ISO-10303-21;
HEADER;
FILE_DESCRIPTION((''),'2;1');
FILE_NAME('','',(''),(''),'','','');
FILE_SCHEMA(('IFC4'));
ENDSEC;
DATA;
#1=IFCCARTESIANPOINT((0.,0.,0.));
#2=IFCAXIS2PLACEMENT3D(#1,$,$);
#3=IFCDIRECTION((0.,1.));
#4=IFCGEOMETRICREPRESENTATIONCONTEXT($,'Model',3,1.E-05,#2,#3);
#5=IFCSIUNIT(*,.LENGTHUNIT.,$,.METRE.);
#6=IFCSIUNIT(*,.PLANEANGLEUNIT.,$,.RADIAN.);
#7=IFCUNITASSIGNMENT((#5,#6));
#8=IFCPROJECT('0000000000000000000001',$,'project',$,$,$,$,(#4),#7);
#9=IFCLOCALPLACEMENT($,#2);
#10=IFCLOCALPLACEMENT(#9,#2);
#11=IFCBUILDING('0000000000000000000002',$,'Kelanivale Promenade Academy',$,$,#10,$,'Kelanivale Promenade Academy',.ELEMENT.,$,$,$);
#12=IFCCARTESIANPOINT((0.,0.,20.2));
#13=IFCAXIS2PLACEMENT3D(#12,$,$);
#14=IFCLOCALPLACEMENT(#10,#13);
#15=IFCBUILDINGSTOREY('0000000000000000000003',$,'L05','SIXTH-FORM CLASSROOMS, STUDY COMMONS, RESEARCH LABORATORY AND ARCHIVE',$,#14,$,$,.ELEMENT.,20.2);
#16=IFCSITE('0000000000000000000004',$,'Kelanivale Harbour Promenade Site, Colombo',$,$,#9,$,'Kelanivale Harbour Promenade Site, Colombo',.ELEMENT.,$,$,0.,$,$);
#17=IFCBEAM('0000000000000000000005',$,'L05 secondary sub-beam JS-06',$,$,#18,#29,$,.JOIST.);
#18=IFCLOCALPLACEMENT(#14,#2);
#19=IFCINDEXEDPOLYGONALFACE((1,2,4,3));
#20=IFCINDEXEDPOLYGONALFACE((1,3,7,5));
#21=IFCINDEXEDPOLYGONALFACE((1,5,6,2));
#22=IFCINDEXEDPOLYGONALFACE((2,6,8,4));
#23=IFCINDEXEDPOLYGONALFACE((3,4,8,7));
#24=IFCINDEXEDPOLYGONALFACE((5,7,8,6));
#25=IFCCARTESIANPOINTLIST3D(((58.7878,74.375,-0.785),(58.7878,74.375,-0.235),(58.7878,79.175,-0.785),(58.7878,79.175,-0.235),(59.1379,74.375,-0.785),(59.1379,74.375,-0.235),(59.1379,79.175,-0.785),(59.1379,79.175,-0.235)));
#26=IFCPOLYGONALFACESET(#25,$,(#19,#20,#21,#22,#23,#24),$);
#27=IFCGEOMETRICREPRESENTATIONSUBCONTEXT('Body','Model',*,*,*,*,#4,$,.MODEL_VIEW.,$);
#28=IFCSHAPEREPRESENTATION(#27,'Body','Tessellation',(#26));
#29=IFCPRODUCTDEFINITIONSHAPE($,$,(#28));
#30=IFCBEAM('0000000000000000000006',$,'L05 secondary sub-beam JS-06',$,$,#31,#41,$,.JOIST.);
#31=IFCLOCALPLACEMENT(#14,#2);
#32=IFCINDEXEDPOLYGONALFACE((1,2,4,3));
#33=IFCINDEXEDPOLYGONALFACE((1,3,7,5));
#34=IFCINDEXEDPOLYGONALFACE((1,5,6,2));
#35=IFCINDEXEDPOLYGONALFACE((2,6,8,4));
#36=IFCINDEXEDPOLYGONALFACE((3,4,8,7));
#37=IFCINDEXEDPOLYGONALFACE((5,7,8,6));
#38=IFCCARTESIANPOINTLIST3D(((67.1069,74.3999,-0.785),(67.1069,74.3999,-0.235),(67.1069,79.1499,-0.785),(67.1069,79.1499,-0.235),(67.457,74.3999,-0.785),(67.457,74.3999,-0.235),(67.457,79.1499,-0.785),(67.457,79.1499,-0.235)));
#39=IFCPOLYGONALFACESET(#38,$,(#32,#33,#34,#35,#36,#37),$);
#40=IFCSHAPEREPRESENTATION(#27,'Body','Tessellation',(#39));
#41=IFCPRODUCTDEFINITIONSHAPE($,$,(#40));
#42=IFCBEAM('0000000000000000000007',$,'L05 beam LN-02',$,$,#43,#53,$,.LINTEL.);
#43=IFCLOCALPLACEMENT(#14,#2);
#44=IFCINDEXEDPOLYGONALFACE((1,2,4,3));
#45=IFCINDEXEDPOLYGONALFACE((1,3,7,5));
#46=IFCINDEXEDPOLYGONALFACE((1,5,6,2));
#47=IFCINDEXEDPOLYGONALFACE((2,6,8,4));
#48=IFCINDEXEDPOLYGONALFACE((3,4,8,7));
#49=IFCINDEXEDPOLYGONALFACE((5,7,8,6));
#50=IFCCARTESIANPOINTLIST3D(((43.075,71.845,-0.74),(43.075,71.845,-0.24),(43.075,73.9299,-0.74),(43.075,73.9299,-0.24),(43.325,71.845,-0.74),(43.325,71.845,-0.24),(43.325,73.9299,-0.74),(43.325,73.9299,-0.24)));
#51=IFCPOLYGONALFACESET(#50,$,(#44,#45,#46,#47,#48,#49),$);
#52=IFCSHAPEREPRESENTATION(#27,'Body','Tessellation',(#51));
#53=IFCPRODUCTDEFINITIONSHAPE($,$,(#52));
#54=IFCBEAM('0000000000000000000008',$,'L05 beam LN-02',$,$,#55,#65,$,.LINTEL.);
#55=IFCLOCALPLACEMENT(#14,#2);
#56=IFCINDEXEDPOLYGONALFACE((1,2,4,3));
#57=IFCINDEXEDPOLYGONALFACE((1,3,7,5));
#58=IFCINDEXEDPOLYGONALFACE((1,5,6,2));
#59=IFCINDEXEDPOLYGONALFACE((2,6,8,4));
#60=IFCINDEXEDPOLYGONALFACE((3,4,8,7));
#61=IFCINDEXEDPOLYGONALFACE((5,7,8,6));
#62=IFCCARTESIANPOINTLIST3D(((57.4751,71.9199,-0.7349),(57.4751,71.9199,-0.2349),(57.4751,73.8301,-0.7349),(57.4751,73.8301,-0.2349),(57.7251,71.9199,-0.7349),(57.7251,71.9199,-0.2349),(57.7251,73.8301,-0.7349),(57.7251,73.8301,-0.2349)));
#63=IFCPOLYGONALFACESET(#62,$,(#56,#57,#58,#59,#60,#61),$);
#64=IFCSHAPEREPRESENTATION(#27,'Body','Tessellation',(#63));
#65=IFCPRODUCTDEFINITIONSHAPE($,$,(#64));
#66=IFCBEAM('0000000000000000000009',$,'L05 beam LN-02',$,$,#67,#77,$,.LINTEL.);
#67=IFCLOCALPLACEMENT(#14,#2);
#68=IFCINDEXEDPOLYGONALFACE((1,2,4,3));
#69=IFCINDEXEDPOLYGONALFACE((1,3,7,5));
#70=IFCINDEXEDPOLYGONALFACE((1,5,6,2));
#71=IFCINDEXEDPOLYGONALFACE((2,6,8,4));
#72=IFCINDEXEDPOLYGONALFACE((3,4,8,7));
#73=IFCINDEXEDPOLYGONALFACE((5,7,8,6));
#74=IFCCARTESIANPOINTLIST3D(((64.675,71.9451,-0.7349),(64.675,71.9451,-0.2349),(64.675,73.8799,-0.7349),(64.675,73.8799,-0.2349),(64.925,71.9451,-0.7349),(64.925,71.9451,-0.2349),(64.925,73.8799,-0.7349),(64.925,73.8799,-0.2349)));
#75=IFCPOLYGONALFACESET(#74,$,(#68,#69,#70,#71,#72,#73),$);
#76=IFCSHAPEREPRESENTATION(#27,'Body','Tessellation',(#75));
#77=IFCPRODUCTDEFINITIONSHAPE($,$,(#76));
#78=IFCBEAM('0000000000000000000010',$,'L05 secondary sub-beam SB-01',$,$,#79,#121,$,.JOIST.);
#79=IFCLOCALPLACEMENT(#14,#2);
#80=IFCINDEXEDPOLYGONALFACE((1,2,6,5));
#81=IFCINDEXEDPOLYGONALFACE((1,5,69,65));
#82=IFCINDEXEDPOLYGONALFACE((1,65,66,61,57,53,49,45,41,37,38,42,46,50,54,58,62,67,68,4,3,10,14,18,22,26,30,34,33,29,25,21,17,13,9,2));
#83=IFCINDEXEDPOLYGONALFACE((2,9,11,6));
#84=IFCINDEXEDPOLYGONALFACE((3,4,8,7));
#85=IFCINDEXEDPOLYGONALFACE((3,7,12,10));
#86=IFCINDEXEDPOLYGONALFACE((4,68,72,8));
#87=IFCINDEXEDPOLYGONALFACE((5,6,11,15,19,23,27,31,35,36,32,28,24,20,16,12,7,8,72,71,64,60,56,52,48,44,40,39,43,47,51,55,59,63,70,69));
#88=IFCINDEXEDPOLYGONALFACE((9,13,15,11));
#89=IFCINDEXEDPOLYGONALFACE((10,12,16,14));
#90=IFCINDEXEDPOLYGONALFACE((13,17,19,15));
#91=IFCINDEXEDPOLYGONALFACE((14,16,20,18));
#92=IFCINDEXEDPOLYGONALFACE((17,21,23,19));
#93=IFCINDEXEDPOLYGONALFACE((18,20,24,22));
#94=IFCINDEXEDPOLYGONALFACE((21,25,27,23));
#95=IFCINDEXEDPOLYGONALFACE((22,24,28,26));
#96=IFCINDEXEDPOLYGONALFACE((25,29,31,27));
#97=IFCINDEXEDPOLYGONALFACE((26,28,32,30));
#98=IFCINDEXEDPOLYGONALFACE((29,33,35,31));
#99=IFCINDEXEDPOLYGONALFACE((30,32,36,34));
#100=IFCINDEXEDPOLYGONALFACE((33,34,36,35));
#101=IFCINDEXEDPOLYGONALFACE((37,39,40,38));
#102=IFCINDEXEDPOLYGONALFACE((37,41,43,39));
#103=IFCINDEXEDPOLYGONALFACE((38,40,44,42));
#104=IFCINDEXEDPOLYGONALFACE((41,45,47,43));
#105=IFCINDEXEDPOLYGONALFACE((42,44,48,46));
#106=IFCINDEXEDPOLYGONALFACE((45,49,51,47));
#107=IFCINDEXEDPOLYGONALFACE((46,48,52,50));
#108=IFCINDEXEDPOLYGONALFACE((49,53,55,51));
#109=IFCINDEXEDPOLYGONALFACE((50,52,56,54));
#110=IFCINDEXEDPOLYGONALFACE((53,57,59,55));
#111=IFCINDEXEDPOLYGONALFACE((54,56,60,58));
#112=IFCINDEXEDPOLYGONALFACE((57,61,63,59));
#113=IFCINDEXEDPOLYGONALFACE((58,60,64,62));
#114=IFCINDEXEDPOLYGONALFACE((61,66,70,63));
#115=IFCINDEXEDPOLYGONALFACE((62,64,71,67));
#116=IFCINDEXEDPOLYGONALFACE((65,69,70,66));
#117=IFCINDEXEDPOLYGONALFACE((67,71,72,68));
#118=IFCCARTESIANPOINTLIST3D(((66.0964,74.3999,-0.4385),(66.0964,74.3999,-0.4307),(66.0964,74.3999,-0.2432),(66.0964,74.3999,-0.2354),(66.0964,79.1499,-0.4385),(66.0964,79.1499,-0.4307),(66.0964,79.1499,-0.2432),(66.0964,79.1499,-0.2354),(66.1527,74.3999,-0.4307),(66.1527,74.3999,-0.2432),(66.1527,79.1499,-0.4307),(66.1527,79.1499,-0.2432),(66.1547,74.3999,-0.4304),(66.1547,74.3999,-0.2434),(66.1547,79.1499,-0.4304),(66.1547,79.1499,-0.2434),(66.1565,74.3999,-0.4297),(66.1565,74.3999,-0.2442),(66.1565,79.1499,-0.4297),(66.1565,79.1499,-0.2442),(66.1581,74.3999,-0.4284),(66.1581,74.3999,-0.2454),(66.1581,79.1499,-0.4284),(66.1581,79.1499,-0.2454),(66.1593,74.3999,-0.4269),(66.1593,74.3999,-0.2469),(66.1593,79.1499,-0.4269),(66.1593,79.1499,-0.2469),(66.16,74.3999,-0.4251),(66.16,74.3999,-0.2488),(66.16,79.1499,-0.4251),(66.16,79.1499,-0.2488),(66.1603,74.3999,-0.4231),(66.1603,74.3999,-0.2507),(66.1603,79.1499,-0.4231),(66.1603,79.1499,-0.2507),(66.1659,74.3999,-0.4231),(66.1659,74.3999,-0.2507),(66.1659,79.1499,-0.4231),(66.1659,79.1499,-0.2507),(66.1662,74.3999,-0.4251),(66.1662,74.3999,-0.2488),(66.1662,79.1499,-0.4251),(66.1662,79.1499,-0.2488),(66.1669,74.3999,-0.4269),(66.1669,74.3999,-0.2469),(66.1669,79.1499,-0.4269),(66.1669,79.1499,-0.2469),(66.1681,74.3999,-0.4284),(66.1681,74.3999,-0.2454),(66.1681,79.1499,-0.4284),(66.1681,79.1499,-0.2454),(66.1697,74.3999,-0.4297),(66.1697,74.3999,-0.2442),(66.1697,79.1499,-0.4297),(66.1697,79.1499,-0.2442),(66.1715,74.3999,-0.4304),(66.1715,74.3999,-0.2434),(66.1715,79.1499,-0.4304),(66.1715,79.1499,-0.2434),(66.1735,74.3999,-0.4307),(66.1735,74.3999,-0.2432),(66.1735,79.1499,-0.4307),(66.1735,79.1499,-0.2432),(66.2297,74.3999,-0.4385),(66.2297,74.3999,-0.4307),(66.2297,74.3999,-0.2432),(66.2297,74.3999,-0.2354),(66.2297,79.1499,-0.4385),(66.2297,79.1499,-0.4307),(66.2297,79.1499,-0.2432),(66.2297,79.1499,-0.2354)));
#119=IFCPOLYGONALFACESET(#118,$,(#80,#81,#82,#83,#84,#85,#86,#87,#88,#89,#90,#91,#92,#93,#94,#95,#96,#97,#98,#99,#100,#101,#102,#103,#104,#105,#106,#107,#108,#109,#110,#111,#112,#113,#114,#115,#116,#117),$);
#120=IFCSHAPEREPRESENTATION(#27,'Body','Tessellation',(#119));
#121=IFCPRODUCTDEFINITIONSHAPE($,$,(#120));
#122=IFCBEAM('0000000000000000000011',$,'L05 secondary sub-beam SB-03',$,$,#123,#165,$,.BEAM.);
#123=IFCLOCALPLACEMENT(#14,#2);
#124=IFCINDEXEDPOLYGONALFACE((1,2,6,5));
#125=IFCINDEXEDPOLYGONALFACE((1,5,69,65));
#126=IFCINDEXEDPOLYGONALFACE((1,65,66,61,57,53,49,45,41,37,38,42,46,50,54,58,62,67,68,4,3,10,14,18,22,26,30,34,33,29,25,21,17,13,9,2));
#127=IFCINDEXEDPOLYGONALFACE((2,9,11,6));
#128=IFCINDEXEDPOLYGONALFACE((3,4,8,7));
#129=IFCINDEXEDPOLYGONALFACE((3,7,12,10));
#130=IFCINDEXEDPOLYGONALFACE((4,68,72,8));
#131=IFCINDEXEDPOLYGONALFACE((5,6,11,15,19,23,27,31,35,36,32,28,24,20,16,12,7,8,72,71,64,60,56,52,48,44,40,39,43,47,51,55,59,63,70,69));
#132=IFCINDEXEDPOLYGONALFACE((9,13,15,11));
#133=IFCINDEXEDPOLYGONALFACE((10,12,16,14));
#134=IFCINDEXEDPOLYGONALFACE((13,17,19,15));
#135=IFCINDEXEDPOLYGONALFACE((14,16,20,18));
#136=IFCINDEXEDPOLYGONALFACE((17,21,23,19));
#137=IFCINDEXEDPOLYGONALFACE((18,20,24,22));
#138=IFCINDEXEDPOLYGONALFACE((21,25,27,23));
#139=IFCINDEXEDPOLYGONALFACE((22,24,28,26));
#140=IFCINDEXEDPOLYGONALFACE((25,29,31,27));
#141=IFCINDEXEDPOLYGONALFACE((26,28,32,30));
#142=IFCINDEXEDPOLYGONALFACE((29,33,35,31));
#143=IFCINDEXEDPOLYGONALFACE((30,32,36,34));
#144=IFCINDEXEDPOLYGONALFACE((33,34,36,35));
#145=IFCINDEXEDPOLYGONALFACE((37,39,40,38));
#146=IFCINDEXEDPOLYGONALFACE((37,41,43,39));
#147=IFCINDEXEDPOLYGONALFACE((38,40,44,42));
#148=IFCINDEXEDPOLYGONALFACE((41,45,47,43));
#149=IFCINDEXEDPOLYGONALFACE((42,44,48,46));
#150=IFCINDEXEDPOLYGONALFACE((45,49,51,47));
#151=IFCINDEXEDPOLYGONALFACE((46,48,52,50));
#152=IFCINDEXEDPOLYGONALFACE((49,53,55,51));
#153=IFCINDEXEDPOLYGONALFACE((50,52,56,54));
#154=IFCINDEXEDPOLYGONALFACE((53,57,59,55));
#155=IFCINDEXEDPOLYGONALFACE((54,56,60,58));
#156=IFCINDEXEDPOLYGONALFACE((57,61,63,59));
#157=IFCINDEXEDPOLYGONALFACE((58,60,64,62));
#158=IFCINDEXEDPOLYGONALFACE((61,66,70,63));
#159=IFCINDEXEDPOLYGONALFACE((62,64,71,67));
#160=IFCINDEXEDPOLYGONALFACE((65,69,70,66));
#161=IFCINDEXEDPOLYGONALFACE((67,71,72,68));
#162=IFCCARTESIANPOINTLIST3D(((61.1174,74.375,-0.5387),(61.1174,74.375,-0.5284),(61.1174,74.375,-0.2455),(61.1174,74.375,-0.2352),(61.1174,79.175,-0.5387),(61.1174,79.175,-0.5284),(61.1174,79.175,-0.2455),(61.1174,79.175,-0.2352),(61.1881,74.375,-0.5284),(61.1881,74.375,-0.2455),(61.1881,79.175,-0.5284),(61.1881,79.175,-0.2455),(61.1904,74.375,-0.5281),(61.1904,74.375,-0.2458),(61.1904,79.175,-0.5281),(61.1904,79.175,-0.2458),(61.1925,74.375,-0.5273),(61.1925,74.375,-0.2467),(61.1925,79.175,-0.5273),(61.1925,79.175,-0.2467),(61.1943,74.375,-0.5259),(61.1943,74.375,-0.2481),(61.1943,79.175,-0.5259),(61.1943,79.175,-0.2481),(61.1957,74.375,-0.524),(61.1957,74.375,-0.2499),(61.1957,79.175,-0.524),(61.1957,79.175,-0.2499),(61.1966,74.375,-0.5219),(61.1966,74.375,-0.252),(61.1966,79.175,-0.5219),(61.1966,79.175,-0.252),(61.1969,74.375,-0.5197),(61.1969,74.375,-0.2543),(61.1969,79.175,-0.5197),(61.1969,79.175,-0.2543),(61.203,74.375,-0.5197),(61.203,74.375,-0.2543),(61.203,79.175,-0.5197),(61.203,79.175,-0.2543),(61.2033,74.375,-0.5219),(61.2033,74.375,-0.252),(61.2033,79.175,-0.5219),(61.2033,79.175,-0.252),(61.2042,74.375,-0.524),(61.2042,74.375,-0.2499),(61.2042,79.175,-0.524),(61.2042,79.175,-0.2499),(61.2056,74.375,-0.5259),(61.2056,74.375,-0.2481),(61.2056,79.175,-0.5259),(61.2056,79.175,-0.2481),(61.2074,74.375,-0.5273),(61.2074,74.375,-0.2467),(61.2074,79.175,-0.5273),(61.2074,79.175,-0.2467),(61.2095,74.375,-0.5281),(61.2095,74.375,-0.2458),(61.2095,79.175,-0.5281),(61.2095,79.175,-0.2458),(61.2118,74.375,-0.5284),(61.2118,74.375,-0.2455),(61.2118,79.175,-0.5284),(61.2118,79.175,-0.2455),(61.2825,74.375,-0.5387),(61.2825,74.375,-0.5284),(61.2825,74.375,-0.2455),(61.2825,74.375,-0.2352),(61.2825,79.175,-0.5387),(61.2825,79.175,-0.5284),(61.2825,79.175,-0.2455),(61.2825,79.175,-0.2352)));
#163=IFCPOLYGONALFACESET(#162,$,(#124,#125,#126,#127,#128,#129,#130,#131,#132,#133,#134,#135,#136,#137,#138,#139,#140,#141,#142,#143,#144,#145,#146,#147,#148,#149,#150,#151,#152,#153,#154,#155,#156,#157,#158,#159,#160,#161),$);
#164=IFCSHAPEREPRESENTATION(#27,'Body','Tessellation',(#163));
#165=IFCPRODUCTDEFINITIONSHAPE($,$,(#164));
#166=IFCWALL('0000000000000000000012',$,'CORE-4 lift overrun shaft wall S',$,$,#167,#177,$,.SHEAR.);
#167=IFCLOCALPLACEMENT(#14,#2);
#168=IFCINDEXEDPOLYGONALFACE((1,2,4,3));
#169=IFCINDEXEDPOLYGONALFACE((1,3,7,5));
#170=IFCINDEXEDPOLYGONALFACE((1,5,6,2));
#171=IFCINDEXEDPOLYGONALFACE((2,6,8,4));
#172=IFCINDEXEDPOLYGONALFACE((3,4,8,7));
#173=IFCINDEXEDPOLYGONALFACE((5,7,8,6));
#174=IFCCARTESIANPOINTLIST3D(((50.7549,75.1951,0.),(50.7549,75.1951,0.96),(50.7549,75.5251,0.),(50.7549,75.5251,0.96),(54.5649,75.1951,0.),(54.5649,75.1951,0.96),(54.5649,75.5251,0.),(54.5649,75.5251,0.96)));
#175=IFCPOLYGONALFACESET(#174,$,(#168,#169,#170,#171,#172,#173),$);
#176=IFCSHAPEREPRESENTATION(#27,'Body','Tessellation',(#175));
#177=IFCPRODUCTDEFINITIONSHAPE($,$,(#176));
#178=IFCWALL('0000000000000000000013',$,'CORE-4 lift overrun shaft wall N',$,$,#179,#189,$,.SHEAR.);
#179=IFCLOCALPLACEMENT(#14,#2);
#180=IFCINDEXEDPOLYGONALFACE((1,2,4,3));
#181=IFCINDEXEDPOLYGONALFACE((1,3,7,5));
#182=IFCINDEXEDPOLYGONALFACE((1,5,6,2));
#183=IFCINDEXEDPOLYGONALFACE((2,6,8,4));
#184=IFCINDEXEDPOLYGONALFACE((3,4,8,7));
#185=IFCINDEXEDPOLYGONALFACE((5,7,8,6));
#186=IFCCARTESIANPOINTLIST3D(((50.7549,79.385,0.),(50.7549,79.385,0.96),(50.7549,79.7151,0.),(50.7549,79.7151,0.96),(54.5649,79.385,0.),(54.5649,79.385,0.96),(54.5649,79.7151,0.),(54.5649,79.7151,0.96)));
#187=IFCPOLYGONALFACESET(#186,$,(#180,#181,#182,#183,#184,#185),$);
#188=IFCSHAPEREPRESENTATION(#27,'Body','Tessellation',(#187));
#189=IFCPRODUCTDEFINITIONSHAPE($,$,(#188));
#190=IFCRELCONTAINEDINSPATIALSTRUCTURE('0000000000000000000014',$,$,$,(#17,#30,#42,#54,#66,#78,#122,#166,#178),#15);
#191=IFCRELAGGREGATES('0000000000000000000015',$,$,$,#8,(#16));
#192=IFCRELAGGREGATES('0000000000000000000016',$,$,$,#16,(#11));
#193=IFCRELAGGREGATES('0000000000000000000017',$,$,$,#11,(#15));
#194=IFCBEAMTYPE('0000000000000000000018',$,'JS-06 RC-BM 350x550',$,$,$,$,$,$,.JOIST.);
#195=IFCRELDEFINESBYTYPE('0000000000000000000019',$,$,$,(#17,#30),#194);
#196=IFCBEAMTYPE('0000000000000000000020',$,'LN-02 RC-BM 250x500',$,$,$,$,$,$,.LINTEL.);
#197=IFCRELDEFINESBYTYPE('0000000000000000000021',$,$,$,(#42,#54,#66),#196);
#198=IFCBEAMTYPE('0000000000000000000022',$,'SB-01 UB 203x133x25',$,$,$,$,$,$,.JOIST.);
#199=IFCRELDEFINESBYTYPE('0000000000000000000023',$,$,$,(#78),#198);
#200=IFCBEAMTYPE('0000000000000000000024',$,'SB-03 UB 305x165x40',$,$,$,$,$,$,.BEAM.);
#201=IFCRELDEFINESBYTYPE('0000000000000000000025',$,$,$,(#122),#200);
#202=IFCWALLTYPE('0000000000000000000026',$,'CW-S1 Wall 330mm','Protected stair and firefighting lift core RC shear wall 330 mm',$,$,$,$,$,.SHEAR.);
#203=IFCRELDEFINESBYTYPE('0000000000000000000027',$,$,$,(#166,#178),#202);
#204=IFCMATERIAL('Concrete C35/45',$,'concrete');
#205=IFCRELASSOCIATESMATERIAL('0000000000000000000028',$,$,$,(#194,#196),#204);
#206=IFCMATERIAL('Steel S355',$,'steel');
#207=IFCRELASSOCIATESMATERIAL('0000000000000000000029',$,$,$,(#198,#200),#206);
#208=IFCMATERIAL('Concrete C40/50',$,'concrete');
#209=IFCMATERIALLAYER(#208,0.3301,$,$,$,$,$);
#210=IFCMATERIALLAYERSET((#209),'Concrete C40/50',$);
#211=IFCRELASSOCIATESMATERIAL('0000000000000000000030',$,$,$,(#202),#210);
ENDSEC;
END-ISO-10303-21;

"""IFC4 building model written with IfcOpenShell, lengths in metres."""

from ifc_helpers import new_model, si_unit, direction, frame, frame_2d, origin, origin_2d, place, context, subcontext, project, spatial, rectangle, i_section, extrude, material, layer, layer_set, material_profile, profile_set, type_object, element, save


model = new_model("IFC4")

# Units and contexts
model_context = context("Model", 3, precision=1e-05, world=origin(), true_north=direction((0.0, 1.0)))
body_context = subcontext(model_context, "Body", "Model", "MODEL_VIEW")
ifc_project = project(units=[si_unit("LENGTHUNIT", "METRE"), si_unit("PLANEANGLEUNIT", "RADIAN")], contexts=[model_context])

# Site, building, storey
site_placement = place(None, origin())
site = spatial("IfcSite", under=ifc_project, at=site_placement, Name="Kelanivale Harbour Promenade Site, Colombo", LongName="Kelanivale Harbour Promenade Site, Colombo", CompositionType="ELEMENT", RefElevation=0.0)
building_placement = place(site_placement, origin())
building = spatial("IfcBuilding", under=site, at=building_placement, Name="Kelanivale Promenade Academy", LongName="Kelanivale Promenade Academy", CompositionType="ELEMENT")
storey_placement = place(building_placement, frame((0.0, 0.0, 20.2)))
storey = spatial("IfcBuildingStorey", under=building, at=storey_placement, Name="L05", Description="SIXTH-FORM CLASSROOMS, STUDY COMMONS, RESEARCH LABORATORY AND ARCHIVE", CompositionType="ELEMENT", Elevation=20.2)

# Beams
ifc_material_1 = material(Name="Concrete C35/45", Category="concrete")
ifc_material_profile_1 = material_profile(ifc_material_1, rectangle(XDim=0.3501, YDim=0.55, at=origin_2d()), Name="RC-BM 350x550")
ifc_profile_set_1 = profile_set([ifc_material_profile_1], Name="Concrete C35/45")
beam_type_1 = type_object("IfcBeamType", Name="JS-06 RC-BM 350x550", PredefinedType="JOIST", material=ifc_profile_set_1)
beam_1_placement = place(storey_placement, frame((58.9629, 74.375, -0.51), z_axis=(0.0, 1.0, 0.0), x_axis=(-1.0, 0.0, 0.0)))
element("IfcBeam", 1, at=beam_1_placement, inside=storey, type_object=beam_type_1, Name="L05 secondary sub-beam JS-06", PredefinedType="JOIST", context=body_context, shape_type="SweptSolid", body=[
    extrude(rectangle(XDim=0.3501, YDim=0.55, at=origin_2d()), origin(), (0.0, 0.0, 1.0), 4.8),
])
beam_2_placement = place(storey_placement, frame((67.282, 74.3999, -0.51), z_axis=(0.0, 1.0, 0.0), x_axis=(-1.0, 0.0, 0.0)))
element("IfcBeam", 2, at=beam_2_placement, inside=storey, type_object=beam_type_1, Name="L05 secondary sub-beam JS-06", PredefinedType="JOIST", context=body_context, shape_type="SweptSolid", body=[
    extrude(rectangle(XDim=0.3501, YDim=0.55, at=origin_2d()), origin(), (0.0, 0.0, 1.0), 4.75),
])
ifc_material_profile_2 = material_profile(ifc_material_1, rectangle(XDim=0.25, YDim=0.5, at=origin_2d()), Name="RC-BM 250x500")
ifc_profile_set_2 = profile_set([ifc_material_profile_2], Name="Concrete C35/45")
beam_type_2 = type_object("IfcBeamType", Name="LN-02 RC-BM 250x500", PredefinedType="LINTEL", material=ifc_profile_set_2)
beam_3_placement = place(storey_placement, frame((43.2, 71.845, -0.49), z_axis=(0.0, 1.0, 0.0), x_axis=(-1.0, 0.0, 0.0)))
element("IfcBeam", 3, at=beam_3_placement, inside=storey, type_object=beam_type_2, Name="L05 beam LN-02", PredefinedType="LINTEL", context=body_context, shape_type="SweptSolid", body=[
    extrude(rectangle(XDim=0.25, YDim=0.5, at=origin_2d()), origin(), (0.0, 0.0, 1.0), 2.085),
])
beam_4_placement = place(storey_placement, frame((57.6001, 71.9199, -0.4849), z_axis=(0.0, 1.0, 0.0), x_axis=(-1.0, 0.0, 0.0)))
element("IfcBeam", 4, at=beam_4_placement, inside=storey, type_object=beam_type_2, Name="L05 beam LN-02", PredefinedType="LINTEL", context=body_context, shape_type="SweptSolid", body=[
    extrude(rectangle(XDim=0.25, YDim=0.5, at=origin_2d()), origin(), (0.0, 0.0, 1.0), 1.9102),
])
beam_5_placement = place(storey_placement, frame((64.8, 71.9451, -0.4849), z_axis=(0.0, 1.0, 0.0), x_axis=(-1.0, 0.0, 0.0)))
element("IfcBeam", 5, at=beam_5_placement, inside=storey, type_object=beam_type_2, Name="L05 beam LN-02", PredefinedType="LINTEL", context=body_context, shape_type="SweptSolid", body=[
    extrude(rectangle(XDim=0.25, YDim=0.5, at=origin_2d()), origin(), (0.0, 0.0, 1.0), 1.9348),
])
ifc_material_2 = material(Name="Steel S355", Category="steel")
ifc_material_profile_3 = material_profile(ifc_material_2, i_section(OverallWidth=0.1333, OverallDepth=0.2031, WebThickness=0.0056, FlangeThickness=0.0078, FilletRadius=0.0076, at=origin_2d()), Name="UB 203x133x25")
ifc_profile_set_3 = profile_set([ifc_material_profile_3], Name="Steel S355")
beam_type_3 = type_object("IfcBeamType", Name="SB-01 UB 203x133x25", PredefinedType="JOIST", material=ifc_profile_set_3)
beam_6_placement = place(storey_placement, frame((66.1631, 74.3999, -0.3369), z_axis=(0.0, 1.0, 0.0), x_axis=(-1.0, 0.0, 0.0)))
element("IfcBeam", 6, at=beam_6_placement, inside=storey, type_object=beam_type_3, Name="L05 secondary sub-beam SB-01", PredefinedType="JOIST", context=body_context, shape_type="SweptSolid", body=[
    extrude(i_section(OverallWidth=0.1333, OverallDepth=0.2031, WebThickness=0.0056, FlangeThickness=0.0078, FilletRadius=0.0076, at=origin_2d()), origin(), (0.0, 0.0, 1.0), 4.75),
])
ifc_material_profile_4 = material_profile(ifc_material_2, i_section(OverallWidth=0.165, OverallDepth=0.3035, WebThickness=0.0061, FlangeThickness=0.0103, FilletRadius=0.0088, at=origin_2d()), Name="UB 305x165x40")
ifc_profile_set_4 = profile_set([ifc_material_profile_4], Name="Steel S355")
beam_type_4 = type_object("IfcBeamType", Name="SB-03 UB 305x165x40", PredefinedType="BEAM", material=ifc_profile_set_4)
beam_7_placement = place(storey_placement, frame((61.2, 74.375, -0.387), z_axis=(0.0, 1.0, 0.0), x_axis=(-1.0, 0.0, 0.0)))
element("IfcBeam", 7, at=beam_7_placement, inside=storey, type_object=beam_type_4, Name="L05 secondary sub-beam SB-03", PredefinedType="BEAM", context=body_context, shape_type="SweptSolid", body=[
    extrude(i_section(OverallWidth=0.165, OverallDepth=0.3035, WebThickness=0.0061, FlangeThickness=0.0103, FilletRadius=0.0088, at=origin_2d()), origin(), (0.0, 0.0, 1.0), 4.8),
])

# Walls
ifc_material_3 = material(Name="Concrete C40/50", Category="concrete")
ifc_layer_1 = layer(ifc_material_3, 0.3301)
ifc_layer_set_1 = layer_set([ifc_layer_1], Name="Concrete C40/50")
wall_type_1 = type_object("IfcWallType", Name="CW-S1 Wall 330mm", Description="Protected stair and firefighting lift core RC shear wall 330 mm", PredefinedType="SHEAR", material=ifc_layer_set_1)
for number, where, z_axis, x_axis, name in (
    (8, (50.7549, 75.3601, 0.0), (0.0, 0.0, 1.0), (1.0, 0.0, 0.0), "CORE-4 lift overrun shaft wall S"),
    (9, (50.7549, 79.55, 0.0), (0.0, 0.0, 1.0), (1.0, 0.0, 0.0), "CORE-4 lift overrun shaft wall N"),
):
    element("IfcWall", number, at=place(storey_placement, frame(where, z_axis=z_axis, x_axis=x_axis)), inside=storey, type_object=wall_type_1, Name=name, PredefinedType="SHEAR", context=body_context, shape_type="SweptSolid", body=[
        extrude(rectangle(XDim=3.8101, YDim=0.3301, at=frame_2d((1.905, 0.0))), origin(), (0.0, 0.0, 1.0), 0.96),
    ])

save(model, "model.ifc")
